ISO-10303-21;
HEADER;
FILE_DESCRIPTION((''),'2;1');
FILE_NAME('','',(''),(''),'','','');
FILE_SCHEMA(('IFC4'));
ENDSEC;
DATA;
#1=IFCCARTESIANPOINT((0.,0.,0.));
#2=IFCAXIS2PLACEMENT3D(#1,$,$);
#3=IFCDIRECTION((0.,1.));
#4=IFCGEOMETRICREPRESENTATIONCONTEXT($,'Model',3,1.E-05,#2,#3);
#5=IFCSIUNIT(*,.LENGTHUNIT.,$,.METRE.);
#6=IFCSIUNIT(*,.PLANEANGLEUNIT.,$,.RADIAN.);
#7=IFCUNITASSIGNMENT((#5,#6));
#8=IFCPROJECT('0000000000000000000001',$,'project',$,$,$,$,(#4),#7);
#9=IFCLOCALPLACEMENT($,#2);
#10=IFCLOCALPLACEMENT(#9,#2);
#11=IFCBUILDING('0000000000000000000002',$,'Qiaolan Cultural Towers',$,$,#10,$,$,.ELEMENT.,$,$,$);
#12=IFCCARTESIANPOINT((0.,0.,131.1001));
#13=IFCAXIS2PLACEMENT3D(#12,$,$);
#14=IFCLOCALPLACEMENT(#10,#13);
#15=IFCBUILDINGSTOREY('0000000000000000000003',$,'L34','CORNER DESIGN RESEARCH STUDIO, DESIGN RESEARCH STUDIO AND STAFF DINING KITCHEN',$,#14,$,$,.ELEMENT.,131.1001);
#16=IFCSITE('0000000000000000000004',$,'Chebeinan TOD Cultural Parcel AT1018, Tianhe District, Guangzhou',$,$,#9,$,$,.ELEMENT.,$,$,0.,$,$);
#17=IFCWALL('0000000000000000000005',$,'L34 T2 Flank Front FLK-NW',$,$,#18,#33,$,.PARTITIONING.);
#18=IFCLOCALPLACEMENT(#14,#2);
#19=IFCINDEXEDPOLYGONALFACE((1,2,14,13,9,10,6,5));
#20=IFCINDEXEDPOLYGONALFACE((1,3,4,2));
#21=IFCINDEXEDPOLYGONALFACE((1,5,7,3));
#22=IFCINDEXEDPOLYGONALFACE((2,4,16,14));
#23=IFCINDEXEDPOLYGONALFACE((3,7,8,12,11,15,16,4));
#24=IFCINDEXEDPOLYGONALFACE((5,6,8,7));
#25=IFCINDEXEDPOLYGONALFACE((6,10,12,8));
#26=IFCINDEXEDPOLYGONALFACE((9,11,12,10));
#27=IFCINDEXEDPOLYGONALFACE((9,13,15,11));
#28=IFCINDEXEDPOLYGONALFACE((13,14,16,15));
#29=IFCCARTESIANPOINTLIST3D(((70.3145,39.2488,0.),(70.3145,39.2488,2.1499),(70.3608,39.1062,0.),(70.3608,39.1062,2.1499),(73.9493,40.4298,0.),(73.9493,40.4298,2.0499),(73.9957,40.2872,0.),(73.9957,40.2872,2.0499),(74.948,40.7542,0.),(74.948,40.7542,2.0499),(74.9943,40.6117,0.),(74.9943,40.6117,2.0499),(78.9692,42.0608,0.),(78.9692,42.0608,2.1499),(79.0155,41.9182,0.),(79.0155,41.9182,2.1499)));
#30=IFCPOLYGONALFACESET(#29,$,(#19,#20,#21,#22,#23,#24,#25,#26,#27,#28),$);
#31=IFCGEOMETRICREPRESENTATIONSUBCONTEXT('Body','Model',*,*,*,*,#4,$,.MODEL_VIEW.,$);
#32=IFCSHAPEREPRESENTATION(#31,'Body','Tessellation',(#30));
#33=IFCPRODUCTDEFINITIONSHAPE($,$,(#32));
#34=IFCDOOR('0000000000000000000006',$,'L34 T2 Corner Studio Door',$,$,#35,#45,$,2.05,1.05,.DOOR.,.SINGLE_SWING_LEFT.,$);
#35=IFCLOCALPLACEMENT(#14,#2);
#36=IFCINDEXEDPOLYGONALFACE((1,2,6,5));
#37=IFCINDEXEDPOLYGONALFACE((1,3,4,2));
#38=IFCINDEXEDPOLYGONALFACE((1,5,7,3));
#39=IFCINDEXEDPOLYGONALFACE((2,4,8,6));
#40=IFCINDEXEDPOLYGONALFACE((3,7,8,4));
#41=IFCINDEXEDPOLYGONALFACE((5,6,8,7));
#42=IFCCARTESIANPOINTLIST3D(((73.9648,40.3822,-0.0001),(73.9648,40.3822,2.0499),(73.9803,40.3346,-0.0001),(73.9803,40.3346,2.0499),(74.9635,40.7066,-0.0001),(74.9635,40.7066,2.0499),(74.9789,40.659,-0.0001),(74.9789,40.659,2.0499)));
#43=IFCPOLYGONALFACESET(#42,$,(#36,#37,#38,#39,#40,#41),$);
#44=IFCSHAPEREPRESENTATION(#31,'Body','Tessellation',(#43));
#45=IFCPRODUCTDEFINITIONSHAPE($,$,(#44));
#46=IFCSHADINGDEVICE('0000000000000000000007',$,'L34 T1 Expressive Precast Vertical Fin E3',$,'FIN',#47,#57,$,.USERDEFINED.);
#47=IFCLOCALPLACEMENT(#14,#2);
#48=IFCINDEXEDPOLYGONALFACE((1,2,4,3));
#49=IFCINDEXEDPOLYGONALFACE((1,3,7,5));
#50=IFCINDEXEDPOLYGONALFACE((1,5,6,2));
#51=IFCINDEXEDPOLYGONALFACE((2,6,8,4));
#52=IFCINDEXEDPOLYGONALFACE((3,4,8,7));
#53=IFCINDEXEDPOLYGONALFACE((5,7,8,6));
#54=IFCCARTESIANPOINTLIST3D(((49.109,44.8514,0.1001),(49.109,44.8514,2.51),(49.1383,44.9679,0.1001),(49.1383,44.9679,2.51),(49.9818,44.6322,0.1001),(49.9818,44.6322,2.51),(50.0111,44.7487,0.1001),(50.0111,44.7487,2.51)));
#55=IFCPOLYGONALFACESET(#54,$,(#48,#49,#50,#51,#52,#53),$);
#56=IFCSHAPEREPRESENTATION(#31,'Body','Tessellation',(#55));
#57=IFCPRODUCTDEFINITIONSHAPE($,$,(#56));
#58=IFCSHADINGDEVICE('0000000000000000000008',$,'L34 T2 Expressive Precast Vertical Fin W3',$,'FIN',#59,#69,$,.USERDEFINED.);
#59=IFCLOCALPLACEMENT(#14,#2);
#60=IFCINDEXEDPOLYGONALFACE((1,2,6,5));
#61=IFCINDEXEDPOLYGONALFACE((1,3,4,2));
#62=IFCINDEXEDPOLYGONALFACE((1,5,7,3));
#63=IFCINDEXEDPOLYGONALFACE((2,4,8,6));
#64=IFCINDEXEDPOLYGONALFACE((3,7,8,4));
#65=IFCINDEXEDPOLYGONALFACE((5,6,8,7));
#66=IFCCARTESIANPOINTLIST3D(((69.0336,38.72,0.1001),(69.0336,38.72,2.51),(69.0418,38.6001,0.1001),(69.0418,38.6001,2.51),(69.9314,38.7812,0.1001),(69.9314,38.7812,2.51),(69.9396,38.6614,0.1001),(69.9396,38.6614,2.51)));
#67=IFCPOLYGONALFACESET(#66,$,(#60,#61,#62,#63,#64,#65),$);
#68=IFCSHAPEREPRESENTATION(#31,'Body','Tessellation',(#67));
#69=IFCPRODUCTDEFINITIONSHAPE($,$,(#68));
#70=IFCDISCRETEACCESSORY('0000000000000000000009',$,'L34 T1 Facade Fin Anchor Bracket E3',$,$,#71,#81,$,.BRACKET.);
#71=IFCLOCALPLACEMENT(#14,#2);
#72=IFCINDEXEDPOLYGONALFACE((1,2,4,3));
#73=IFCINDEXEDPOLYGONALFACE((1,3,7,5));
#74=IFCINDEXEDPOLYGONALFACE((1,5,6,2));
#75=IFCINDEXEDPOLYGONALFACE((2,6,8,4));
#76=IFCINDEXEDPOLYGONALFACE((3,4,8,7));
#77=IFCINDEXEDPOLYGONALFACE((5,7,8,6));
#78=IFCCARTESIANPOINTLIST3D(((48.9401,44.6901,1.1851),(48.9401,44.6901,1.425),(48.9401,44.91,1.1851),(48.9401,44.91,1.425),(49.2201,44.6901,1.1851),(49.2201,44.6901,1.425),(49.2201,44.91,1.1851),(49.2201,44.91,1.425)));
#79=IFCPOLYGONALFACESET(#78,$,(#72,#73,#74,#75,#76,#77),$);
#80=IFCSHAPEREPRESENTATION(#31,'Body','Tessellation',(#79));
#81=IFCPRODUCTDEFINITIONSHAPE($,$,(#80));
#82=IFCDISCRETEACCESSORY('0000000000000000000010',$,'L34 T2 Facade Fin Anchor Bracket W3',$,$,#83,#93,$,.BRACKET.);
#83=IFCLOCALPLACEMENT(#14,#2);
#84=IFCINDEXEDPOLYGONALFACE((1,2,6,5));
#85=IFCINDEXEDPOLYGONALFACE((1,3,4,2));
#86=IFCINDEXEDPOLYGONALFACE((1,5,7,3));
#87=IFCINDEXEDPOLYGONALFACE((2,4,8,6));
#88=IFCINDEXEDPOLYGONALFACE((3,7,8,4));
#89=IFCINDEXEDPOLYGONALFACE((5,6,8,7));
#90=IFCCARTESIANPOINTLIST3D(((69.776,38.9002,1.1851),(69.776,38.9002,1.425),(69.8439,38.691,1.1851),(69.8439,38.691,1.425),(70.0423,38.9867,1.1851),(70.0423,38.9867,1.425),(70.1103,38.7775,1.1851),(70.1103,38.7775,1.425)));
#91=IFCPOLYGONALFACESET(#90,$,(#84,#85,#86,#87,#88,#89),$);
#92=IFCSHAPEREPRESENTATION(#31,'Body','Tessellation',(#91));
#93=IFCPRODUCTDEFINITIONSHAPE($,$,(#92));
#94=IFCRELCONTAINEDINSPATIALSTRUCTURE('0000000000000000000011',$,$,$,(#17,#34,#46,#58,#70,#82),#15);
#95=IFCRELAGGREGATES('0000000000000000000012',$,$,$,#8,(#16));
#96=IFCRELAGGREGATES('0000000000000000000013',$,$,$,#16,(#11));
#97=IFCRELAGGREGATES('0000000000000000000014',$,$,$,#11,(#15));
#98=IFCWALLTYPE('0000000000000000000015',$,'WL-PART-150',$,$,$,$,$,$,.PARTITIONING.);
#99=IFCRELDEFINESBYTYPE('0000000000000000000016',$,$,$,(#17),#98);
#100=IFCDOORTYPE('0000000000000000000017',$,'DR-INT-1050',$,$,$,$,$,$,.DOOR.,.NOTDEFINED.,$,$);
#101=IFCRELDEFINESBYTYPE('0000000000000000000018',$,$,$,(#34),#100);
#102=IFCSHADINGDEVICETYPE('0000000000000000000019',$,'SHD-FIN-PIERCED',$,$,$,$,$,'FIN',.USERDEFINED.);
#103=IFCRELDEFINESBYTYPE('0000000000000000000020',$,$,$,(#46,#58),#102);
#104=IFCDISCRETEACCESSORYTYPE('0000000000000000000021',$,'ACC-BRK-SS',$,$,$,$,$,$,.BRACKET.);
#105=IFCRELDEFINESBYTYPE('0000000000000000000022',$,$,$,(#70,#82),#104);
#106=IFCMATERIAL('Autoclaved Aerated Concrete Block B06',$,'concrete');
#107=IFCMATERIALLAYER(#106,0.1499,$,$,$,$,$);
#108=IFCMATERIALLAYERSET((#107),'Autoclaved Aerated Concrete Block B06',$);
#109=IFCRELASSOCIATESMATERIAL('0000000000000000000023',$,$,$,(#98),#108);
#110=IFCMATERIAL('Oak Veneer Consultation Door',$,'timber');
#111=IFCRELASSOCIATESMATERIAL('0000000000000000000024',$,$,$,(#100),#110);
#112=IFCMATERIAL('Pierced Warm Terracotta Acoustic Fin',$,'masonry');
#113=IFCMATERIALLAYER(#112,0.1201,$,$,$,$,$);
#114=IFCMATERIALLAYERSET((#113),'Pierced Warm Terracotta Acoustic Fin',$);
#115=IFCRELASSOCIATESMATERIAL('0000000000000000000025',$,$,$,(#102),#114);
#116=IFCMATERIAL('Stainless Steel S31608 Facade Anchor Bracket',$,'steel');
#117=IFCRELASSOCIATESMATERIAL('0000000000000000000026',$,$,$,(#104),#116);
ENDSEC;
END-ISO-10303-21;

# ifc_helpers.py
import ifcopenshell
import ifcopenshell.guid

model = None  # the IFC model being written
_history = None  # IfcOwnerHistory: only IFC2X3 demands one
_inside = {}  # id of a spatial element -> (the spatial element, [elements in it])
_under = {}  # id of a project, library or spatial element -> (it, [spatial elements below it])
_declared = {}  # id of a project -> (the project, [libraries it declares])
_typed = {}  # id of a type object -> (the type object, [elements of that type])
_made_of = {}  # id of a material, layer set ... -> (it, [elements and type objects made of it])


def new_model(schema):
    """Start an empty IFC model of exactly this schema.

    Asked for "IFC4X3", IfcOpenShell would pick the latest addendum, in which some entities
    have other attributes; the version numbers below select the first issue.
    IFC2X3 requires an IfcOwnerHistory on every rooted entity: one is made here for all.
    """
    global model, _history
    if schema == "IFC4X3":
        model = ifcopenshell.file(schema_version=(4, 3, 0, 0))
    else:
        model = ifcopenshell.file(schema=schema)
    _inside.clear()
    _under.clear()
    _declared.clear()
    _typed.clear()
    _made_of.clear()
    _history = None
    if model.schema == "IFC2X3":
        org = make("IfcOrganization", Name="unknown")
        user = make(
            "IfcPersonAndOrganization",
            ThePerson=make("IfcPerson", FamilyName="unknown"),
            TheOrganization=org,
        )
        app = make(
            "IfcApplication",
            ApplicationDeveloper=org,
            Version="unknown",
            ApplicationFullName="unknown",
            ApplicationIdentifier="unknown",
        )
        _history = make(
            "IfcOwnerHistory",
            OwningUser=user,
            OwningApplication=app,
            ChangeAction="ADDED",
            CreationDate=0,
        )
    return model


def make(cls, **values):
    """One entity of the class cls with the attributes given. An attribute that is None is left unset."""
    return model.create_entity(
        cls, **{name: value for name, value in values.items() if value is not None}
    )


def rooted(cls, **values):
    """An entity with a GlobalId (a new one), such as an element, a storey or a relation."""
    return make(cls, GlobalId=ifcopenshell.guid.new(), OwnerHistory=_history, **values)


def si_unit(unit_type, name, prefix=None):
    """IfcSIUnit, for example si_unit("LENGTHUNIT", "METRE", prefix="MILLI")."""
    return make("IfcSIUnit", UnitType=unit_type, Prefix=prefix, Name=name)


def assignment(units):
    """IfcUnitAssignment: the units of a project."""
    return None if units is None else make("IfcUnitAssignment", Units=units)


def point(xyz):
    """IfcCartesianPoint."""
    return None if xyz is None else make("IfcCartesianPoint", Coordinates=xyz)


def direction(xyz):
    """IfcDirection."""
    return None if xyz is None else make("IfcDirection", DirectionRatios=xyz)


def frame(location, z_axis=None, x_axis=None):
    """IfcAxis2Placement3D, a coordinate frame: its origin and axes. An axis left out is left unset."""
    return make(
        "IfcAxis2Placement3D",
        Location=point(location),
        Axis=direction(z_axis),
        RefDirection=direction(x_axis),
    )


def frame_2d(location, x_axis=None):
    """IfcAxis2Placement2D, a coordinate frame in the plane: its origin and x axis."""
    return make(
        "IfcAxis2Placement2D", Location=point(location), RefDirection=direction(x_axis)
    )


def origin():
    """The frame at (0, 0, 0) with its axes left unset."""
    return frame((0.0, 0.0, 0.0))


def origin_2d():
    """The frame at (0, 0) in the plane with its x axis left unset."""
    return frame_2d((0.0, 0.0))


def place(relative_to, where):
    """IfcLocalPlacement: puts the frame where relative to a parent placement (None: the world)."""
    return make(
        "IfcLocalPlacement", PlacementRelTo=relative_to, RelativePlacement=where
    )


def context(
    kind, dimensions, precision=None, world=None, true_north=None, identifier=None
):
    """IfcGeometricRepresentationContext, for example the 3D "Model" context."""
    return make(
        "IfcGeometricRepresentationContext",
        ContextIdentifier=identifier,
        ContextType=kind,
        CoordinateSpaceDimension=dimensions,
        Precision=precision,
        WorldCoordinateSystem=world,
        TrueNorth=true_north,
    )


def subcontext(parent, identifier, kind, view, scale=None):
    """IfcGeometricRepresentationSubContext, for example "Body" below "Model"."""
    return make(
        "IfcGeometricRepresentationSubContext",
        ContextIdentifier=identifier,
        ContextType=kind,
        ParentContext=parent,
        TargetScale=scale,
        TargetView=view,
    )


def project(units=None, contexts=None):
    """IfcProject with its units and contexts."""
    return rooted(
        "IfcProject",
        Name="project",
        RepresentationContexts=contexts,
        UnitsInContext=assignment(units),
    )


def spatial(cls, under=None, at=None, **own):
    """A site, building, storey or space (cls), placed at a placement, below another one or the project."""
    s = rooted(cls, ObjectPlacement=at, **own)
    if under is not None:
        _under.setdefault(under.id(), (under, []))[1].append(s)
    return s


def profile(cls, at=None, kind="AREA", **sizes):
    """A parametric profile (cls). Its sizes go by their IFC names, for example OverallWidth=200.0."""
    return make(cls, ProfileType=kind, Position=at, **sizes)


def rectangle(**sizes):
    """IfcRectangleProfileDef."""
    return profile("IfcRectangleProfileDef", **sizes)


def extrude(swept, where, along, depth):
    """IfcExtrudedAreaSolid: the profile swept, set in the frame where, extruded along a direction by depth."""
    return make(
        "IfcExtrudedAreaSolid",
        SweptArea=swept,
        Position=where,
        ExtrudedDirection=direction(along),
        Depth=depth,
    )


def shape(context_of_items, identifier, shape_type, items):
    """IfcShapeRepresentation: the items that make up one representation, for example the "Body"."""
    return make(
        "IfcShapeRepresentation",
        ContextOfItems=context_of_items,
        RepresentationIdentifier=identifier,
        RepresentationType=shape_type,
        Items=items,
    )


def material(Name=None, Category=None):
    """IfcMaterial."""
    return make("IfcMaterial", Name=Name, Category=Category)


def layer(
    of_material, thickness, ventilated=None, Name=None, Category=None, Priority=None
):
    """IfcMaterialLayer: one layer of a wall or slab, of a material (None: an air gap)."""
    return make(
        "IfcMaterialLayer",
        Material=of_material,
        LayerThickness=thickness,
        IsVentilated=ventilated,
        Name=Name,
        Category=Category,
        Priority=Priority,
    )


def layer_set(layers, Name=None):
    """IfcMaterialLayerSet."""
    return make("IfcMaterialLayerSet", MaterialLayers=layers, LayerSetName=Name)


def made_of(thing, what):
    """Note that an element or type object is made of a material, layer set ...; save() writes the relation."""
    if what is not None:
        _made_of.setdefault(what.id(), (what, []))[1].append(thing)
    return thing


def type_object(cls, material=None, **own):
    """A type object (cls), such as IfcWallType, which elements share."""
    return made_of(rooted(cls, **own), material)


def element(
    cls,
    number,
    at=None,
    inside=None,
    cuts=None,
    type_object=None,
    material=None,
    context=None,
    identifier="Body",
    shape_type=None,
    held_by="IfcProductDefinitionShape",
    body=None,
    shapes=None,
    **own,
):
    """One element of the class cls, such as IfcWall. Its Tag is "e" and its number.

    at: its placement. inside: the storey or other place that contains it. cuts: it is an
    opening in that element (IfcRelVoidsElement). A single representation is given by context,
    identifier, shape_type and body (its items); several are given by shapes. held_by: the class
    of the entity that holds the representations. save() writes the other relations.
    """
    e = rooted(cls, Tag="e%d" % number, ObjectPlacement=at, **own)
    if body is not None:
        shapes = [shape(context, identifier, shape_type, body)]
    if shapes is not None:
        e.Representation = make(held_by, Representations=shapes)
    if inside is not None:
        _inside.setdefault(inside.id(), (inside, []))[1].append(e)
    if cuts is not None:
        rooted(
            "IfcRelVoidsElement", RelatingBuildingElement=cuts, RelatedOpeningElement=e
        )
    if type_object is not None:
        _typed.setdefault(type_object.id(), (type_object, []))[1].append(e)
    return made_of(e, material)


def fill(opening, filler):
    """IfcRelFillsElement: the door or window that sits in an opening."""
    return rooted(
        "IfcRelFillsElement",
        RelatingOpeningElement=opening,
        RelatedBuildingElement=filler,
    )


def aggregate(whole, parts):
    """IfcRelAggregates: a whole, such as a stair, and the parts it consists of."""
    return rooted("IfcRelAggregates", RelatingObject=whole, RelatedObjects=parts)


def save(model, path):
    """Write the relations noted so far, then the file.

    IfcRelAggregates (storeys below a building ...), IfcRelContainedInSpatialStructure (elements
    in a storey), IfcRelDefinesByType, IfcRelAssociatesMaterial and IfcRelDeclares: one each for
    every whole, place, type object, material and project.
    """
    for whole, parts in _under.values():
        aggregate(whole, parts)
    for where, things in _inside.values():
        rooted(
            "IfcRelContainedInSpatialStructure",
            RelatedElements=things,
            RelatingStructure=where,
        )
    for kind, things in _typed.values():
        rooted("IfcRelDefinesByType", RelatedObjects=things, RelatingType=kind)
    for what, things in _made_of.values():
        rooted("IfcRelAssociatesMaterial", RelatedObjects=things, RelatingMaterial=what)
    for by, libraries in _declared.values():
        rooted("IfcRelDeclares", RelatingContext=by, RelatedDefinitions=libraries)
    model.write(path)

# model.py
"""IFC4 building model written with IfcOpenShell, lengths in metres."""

from ifc_helpers import new_model, si_unit, direction, frame, frame_2d, origin, origin_2d, place, context, subcontext, project, spatial, rectangle, extrude, material, layer, layer_set, type_object, element, fill, save


model = new_model("IFC4")

# Units and contexts
model_context = context("Model", 3, precision=1e-05, world=origin(), true_north=direction((0.0, 1.0)))
body_context = subcontext(model_context, "Body", "Model", "MODEL_VIEW")
ifc_project = project(units=[si_unit("LENGTHUNIT", "METRE"), si_unit("PLANEANGLEUNIT", "RADIAN")], contexts=[model_context])

# Site, building, storey
site_placement = place(None, origin())
site = spatial("IfcSite", under=ifc_project, at=site_placement, Name="Chebeinan TOD Cultural Parcel AT1018, Tianhe District, Guangzhou", CompositionType="ELEMENT", RefElevation=0.0)
building_placement = place(site_placement, origin())
building = spatial("IfcBuilding", under=site, at=building_placement, Name="Qiaolan Cultural Towers", CompositionType="ELEMENT")
storey_placement = place(building_placement, frame((0.0, 0.0, 131.1001)))
storey = spatial("IfcBuildingStorey", under=building, at=storey_placement, Name="L34", Description="CORNER DESIGN RESEARCH STUDIO, DESIGN RESEARCH STUDIO AND STAFF DINING KITCHEN", CompositionType="ELEMENT", Elevation=131.1001)

# Shared definitions
ifc_material_1 = material(Name="Autoclaved Aerated Concrete Block B06", Category="concrete")
ifc_layer_1 = layer(ifc_material_1, 0.1499)
ifc_layer_set_1 = layer_set([ifc_layer_1], Name="Autoclaved Aerated Concrete Block B06")
wall_type_1 = type_object("IfcWallType", Name="WL-PART-150", PredefinedType="PARTITIONING", material=ifc_layer_set_1)

# Wall, opening, door
wall_1_placement = place(storey_placement, frame((70.3376, 39.1775, 0.0), z_axis=(0.0, 0.0, 1.0), x_axis=(0.95106, 0.309007, 0.0)))
wall_1 = element("IfcWall", 1, at=wall_1_placement, inside=storey, type_object=wall_type_1, Name="L34 T2 Flank Front FLK-NW", PredefinedType="PARTITIONING", context=body_context, shape_type="SweptSolid", body=[
    extrude(rectangle(XDim=9.1001, YDim=0.1499, at=frame_2d((4.55, 0.0))), origin(), (0.0, 0.0, 1.0), 2.1499),
])
opening_1_placement = place(wall_1_placement, frame((3.822, 0.0, 0.0)))
opening_1 = element("IfcOpeningElement", 2, at=opening_1_placement, cuts=wall_1, PredefinedType="OPENING", context=body_context, shape_type="SweptSolid", body=[
    extrude(rectangle(XDim=1.05, YDim=2.05, at=frame_2d((0.5249, 1.0249))), frame((0.0, 0.085, 0.0), z_axis=(0.0, -1.0, 0.0), x_axis=(1.0, 0.0, 0.0)), (0.0, 0.0, 1.0), 0.1699),
])
ifc_material_2 = material(Name="Oak Veneer Consultation Door", Category="timber")
door_type_1 = type_object("IfcDoorType", Name="DR-INT-1050", OperationType="NOTDEFINED", PredefinedType="DOOR", material=ifc_material_2)
door_1_placement = place(opening_1_placement, origin())
door_1 = element("IfcDoor", 3, at=door_1_placement, inside=storey, type_object=door_type_1, Name="L34 T2 Corner Studio Door", OperationType="SINGLE_SWING_LEFT", OverallHeight=2.05, OverallWidth=1.05, PredefinedType="DOOR", context=body_context, shape_type="SweptSolid", body=[
    extrude(rectangle(XDim=1.05, YDim=2.05, at=frame_2d((0.5249, 1.0249))), frame((0.0, 0.0249, 0.0), z_axis=(0.0, -1.0, 0.0), x_axis=(1.0, 0.0, 0.0)), (0.0, 0.0, 1.0), 0.05),
])
fill(opening_1, door_1)

# Shading devices
ifc_material_3 = material(Name="Pierced Warm Terracotta Acoustic Fin", Category="masonry")
ifc_layer_2 = layer(ifc_material_3, 0.1201)
ifc_layer_set_2 = layer_set([ifc_layer_2], Name="Pierced Warm Terracotta Acoustic Fin")
shading_device_type = type_object("IfcShadingDeviceType", Name="SHD-FIN-PIERCED", ElementType="FIN", PredefinedType="USERDEFINED", material=ifc_layer_set_2)
for number, where, z_axis, x_axis, name in (
    (4, (49.5601, 44.8, 0.1001), (0.0, 0.0, 1.0), (0.969892, -0.243537, 0.0), "L34 T1 Expressive Precast Vertical Fin E3"),
    (5, (69.4866, 38.6907, 0.1001), (0.0, 0.0, 1.0), (0.997679, 0.068096, 0.0), "L34 T2 Expressive Precast Vertical Fin W3"),
):
    element("IfcShadingDevice", number, at=place(storey_placement, frame(where, z_axis=z_axis, x_axis=x_axis)), inside=storey, type_object=shading_device_type, Name=name, ObjectType="FIN", PredefinedType="USERDEFINED", context=body_context, shape_type="SweptSolid", body=[
        extrude(rectangle(XDim=0.8999, YDim=0.1201, at=origin_2d()), origin(), (0.0, 0.0, 1.0), 2.4099),
    ])

# Discrete accessories
ifc_material_4 = material(Name="Stainless Steel S31608 Facade Anchor Bracket", Category="steel")
discrete_accessory_type = type_object("IfcDiscreteAccessoryType", Name="ACC-BRK-SS", PredefinedType="BRACKET", material=ifc_material_4)
for number, where, z_axis, x_axis, name in (
    (6, (49.0801, 44.8, 1.1851), (0.0, 0.0, 1.0), (1.0, 0.0, 0.0), "L34 T1 Facade Fin Anchor Bracket E3"),
    (7, (69.9431, 38.8389, 1.1851), (0.0, 0.0, 1.0), (0.951057, 0.309017, 0.0), "L34 T2 Facade Fin Anchor Bracket W3"),
):
    element("IfcDiscreteAccessory", number, at=place(storey_placement, frame(where, z_axis=z_axis, x_axis=x_axis)), inside=storey, type_object=discrete_accessory_type, Name=name, PredefinedType="BRACKET", context=body_context, shape_type="SweptSolid", body=[
        extrude(rectangle(XDim=0.28, YDim=0.22, at=origin_2d()), origin(), (0.0, 0.0, 1.0), 0.24),
    ])

save(model, "model.ifc")
